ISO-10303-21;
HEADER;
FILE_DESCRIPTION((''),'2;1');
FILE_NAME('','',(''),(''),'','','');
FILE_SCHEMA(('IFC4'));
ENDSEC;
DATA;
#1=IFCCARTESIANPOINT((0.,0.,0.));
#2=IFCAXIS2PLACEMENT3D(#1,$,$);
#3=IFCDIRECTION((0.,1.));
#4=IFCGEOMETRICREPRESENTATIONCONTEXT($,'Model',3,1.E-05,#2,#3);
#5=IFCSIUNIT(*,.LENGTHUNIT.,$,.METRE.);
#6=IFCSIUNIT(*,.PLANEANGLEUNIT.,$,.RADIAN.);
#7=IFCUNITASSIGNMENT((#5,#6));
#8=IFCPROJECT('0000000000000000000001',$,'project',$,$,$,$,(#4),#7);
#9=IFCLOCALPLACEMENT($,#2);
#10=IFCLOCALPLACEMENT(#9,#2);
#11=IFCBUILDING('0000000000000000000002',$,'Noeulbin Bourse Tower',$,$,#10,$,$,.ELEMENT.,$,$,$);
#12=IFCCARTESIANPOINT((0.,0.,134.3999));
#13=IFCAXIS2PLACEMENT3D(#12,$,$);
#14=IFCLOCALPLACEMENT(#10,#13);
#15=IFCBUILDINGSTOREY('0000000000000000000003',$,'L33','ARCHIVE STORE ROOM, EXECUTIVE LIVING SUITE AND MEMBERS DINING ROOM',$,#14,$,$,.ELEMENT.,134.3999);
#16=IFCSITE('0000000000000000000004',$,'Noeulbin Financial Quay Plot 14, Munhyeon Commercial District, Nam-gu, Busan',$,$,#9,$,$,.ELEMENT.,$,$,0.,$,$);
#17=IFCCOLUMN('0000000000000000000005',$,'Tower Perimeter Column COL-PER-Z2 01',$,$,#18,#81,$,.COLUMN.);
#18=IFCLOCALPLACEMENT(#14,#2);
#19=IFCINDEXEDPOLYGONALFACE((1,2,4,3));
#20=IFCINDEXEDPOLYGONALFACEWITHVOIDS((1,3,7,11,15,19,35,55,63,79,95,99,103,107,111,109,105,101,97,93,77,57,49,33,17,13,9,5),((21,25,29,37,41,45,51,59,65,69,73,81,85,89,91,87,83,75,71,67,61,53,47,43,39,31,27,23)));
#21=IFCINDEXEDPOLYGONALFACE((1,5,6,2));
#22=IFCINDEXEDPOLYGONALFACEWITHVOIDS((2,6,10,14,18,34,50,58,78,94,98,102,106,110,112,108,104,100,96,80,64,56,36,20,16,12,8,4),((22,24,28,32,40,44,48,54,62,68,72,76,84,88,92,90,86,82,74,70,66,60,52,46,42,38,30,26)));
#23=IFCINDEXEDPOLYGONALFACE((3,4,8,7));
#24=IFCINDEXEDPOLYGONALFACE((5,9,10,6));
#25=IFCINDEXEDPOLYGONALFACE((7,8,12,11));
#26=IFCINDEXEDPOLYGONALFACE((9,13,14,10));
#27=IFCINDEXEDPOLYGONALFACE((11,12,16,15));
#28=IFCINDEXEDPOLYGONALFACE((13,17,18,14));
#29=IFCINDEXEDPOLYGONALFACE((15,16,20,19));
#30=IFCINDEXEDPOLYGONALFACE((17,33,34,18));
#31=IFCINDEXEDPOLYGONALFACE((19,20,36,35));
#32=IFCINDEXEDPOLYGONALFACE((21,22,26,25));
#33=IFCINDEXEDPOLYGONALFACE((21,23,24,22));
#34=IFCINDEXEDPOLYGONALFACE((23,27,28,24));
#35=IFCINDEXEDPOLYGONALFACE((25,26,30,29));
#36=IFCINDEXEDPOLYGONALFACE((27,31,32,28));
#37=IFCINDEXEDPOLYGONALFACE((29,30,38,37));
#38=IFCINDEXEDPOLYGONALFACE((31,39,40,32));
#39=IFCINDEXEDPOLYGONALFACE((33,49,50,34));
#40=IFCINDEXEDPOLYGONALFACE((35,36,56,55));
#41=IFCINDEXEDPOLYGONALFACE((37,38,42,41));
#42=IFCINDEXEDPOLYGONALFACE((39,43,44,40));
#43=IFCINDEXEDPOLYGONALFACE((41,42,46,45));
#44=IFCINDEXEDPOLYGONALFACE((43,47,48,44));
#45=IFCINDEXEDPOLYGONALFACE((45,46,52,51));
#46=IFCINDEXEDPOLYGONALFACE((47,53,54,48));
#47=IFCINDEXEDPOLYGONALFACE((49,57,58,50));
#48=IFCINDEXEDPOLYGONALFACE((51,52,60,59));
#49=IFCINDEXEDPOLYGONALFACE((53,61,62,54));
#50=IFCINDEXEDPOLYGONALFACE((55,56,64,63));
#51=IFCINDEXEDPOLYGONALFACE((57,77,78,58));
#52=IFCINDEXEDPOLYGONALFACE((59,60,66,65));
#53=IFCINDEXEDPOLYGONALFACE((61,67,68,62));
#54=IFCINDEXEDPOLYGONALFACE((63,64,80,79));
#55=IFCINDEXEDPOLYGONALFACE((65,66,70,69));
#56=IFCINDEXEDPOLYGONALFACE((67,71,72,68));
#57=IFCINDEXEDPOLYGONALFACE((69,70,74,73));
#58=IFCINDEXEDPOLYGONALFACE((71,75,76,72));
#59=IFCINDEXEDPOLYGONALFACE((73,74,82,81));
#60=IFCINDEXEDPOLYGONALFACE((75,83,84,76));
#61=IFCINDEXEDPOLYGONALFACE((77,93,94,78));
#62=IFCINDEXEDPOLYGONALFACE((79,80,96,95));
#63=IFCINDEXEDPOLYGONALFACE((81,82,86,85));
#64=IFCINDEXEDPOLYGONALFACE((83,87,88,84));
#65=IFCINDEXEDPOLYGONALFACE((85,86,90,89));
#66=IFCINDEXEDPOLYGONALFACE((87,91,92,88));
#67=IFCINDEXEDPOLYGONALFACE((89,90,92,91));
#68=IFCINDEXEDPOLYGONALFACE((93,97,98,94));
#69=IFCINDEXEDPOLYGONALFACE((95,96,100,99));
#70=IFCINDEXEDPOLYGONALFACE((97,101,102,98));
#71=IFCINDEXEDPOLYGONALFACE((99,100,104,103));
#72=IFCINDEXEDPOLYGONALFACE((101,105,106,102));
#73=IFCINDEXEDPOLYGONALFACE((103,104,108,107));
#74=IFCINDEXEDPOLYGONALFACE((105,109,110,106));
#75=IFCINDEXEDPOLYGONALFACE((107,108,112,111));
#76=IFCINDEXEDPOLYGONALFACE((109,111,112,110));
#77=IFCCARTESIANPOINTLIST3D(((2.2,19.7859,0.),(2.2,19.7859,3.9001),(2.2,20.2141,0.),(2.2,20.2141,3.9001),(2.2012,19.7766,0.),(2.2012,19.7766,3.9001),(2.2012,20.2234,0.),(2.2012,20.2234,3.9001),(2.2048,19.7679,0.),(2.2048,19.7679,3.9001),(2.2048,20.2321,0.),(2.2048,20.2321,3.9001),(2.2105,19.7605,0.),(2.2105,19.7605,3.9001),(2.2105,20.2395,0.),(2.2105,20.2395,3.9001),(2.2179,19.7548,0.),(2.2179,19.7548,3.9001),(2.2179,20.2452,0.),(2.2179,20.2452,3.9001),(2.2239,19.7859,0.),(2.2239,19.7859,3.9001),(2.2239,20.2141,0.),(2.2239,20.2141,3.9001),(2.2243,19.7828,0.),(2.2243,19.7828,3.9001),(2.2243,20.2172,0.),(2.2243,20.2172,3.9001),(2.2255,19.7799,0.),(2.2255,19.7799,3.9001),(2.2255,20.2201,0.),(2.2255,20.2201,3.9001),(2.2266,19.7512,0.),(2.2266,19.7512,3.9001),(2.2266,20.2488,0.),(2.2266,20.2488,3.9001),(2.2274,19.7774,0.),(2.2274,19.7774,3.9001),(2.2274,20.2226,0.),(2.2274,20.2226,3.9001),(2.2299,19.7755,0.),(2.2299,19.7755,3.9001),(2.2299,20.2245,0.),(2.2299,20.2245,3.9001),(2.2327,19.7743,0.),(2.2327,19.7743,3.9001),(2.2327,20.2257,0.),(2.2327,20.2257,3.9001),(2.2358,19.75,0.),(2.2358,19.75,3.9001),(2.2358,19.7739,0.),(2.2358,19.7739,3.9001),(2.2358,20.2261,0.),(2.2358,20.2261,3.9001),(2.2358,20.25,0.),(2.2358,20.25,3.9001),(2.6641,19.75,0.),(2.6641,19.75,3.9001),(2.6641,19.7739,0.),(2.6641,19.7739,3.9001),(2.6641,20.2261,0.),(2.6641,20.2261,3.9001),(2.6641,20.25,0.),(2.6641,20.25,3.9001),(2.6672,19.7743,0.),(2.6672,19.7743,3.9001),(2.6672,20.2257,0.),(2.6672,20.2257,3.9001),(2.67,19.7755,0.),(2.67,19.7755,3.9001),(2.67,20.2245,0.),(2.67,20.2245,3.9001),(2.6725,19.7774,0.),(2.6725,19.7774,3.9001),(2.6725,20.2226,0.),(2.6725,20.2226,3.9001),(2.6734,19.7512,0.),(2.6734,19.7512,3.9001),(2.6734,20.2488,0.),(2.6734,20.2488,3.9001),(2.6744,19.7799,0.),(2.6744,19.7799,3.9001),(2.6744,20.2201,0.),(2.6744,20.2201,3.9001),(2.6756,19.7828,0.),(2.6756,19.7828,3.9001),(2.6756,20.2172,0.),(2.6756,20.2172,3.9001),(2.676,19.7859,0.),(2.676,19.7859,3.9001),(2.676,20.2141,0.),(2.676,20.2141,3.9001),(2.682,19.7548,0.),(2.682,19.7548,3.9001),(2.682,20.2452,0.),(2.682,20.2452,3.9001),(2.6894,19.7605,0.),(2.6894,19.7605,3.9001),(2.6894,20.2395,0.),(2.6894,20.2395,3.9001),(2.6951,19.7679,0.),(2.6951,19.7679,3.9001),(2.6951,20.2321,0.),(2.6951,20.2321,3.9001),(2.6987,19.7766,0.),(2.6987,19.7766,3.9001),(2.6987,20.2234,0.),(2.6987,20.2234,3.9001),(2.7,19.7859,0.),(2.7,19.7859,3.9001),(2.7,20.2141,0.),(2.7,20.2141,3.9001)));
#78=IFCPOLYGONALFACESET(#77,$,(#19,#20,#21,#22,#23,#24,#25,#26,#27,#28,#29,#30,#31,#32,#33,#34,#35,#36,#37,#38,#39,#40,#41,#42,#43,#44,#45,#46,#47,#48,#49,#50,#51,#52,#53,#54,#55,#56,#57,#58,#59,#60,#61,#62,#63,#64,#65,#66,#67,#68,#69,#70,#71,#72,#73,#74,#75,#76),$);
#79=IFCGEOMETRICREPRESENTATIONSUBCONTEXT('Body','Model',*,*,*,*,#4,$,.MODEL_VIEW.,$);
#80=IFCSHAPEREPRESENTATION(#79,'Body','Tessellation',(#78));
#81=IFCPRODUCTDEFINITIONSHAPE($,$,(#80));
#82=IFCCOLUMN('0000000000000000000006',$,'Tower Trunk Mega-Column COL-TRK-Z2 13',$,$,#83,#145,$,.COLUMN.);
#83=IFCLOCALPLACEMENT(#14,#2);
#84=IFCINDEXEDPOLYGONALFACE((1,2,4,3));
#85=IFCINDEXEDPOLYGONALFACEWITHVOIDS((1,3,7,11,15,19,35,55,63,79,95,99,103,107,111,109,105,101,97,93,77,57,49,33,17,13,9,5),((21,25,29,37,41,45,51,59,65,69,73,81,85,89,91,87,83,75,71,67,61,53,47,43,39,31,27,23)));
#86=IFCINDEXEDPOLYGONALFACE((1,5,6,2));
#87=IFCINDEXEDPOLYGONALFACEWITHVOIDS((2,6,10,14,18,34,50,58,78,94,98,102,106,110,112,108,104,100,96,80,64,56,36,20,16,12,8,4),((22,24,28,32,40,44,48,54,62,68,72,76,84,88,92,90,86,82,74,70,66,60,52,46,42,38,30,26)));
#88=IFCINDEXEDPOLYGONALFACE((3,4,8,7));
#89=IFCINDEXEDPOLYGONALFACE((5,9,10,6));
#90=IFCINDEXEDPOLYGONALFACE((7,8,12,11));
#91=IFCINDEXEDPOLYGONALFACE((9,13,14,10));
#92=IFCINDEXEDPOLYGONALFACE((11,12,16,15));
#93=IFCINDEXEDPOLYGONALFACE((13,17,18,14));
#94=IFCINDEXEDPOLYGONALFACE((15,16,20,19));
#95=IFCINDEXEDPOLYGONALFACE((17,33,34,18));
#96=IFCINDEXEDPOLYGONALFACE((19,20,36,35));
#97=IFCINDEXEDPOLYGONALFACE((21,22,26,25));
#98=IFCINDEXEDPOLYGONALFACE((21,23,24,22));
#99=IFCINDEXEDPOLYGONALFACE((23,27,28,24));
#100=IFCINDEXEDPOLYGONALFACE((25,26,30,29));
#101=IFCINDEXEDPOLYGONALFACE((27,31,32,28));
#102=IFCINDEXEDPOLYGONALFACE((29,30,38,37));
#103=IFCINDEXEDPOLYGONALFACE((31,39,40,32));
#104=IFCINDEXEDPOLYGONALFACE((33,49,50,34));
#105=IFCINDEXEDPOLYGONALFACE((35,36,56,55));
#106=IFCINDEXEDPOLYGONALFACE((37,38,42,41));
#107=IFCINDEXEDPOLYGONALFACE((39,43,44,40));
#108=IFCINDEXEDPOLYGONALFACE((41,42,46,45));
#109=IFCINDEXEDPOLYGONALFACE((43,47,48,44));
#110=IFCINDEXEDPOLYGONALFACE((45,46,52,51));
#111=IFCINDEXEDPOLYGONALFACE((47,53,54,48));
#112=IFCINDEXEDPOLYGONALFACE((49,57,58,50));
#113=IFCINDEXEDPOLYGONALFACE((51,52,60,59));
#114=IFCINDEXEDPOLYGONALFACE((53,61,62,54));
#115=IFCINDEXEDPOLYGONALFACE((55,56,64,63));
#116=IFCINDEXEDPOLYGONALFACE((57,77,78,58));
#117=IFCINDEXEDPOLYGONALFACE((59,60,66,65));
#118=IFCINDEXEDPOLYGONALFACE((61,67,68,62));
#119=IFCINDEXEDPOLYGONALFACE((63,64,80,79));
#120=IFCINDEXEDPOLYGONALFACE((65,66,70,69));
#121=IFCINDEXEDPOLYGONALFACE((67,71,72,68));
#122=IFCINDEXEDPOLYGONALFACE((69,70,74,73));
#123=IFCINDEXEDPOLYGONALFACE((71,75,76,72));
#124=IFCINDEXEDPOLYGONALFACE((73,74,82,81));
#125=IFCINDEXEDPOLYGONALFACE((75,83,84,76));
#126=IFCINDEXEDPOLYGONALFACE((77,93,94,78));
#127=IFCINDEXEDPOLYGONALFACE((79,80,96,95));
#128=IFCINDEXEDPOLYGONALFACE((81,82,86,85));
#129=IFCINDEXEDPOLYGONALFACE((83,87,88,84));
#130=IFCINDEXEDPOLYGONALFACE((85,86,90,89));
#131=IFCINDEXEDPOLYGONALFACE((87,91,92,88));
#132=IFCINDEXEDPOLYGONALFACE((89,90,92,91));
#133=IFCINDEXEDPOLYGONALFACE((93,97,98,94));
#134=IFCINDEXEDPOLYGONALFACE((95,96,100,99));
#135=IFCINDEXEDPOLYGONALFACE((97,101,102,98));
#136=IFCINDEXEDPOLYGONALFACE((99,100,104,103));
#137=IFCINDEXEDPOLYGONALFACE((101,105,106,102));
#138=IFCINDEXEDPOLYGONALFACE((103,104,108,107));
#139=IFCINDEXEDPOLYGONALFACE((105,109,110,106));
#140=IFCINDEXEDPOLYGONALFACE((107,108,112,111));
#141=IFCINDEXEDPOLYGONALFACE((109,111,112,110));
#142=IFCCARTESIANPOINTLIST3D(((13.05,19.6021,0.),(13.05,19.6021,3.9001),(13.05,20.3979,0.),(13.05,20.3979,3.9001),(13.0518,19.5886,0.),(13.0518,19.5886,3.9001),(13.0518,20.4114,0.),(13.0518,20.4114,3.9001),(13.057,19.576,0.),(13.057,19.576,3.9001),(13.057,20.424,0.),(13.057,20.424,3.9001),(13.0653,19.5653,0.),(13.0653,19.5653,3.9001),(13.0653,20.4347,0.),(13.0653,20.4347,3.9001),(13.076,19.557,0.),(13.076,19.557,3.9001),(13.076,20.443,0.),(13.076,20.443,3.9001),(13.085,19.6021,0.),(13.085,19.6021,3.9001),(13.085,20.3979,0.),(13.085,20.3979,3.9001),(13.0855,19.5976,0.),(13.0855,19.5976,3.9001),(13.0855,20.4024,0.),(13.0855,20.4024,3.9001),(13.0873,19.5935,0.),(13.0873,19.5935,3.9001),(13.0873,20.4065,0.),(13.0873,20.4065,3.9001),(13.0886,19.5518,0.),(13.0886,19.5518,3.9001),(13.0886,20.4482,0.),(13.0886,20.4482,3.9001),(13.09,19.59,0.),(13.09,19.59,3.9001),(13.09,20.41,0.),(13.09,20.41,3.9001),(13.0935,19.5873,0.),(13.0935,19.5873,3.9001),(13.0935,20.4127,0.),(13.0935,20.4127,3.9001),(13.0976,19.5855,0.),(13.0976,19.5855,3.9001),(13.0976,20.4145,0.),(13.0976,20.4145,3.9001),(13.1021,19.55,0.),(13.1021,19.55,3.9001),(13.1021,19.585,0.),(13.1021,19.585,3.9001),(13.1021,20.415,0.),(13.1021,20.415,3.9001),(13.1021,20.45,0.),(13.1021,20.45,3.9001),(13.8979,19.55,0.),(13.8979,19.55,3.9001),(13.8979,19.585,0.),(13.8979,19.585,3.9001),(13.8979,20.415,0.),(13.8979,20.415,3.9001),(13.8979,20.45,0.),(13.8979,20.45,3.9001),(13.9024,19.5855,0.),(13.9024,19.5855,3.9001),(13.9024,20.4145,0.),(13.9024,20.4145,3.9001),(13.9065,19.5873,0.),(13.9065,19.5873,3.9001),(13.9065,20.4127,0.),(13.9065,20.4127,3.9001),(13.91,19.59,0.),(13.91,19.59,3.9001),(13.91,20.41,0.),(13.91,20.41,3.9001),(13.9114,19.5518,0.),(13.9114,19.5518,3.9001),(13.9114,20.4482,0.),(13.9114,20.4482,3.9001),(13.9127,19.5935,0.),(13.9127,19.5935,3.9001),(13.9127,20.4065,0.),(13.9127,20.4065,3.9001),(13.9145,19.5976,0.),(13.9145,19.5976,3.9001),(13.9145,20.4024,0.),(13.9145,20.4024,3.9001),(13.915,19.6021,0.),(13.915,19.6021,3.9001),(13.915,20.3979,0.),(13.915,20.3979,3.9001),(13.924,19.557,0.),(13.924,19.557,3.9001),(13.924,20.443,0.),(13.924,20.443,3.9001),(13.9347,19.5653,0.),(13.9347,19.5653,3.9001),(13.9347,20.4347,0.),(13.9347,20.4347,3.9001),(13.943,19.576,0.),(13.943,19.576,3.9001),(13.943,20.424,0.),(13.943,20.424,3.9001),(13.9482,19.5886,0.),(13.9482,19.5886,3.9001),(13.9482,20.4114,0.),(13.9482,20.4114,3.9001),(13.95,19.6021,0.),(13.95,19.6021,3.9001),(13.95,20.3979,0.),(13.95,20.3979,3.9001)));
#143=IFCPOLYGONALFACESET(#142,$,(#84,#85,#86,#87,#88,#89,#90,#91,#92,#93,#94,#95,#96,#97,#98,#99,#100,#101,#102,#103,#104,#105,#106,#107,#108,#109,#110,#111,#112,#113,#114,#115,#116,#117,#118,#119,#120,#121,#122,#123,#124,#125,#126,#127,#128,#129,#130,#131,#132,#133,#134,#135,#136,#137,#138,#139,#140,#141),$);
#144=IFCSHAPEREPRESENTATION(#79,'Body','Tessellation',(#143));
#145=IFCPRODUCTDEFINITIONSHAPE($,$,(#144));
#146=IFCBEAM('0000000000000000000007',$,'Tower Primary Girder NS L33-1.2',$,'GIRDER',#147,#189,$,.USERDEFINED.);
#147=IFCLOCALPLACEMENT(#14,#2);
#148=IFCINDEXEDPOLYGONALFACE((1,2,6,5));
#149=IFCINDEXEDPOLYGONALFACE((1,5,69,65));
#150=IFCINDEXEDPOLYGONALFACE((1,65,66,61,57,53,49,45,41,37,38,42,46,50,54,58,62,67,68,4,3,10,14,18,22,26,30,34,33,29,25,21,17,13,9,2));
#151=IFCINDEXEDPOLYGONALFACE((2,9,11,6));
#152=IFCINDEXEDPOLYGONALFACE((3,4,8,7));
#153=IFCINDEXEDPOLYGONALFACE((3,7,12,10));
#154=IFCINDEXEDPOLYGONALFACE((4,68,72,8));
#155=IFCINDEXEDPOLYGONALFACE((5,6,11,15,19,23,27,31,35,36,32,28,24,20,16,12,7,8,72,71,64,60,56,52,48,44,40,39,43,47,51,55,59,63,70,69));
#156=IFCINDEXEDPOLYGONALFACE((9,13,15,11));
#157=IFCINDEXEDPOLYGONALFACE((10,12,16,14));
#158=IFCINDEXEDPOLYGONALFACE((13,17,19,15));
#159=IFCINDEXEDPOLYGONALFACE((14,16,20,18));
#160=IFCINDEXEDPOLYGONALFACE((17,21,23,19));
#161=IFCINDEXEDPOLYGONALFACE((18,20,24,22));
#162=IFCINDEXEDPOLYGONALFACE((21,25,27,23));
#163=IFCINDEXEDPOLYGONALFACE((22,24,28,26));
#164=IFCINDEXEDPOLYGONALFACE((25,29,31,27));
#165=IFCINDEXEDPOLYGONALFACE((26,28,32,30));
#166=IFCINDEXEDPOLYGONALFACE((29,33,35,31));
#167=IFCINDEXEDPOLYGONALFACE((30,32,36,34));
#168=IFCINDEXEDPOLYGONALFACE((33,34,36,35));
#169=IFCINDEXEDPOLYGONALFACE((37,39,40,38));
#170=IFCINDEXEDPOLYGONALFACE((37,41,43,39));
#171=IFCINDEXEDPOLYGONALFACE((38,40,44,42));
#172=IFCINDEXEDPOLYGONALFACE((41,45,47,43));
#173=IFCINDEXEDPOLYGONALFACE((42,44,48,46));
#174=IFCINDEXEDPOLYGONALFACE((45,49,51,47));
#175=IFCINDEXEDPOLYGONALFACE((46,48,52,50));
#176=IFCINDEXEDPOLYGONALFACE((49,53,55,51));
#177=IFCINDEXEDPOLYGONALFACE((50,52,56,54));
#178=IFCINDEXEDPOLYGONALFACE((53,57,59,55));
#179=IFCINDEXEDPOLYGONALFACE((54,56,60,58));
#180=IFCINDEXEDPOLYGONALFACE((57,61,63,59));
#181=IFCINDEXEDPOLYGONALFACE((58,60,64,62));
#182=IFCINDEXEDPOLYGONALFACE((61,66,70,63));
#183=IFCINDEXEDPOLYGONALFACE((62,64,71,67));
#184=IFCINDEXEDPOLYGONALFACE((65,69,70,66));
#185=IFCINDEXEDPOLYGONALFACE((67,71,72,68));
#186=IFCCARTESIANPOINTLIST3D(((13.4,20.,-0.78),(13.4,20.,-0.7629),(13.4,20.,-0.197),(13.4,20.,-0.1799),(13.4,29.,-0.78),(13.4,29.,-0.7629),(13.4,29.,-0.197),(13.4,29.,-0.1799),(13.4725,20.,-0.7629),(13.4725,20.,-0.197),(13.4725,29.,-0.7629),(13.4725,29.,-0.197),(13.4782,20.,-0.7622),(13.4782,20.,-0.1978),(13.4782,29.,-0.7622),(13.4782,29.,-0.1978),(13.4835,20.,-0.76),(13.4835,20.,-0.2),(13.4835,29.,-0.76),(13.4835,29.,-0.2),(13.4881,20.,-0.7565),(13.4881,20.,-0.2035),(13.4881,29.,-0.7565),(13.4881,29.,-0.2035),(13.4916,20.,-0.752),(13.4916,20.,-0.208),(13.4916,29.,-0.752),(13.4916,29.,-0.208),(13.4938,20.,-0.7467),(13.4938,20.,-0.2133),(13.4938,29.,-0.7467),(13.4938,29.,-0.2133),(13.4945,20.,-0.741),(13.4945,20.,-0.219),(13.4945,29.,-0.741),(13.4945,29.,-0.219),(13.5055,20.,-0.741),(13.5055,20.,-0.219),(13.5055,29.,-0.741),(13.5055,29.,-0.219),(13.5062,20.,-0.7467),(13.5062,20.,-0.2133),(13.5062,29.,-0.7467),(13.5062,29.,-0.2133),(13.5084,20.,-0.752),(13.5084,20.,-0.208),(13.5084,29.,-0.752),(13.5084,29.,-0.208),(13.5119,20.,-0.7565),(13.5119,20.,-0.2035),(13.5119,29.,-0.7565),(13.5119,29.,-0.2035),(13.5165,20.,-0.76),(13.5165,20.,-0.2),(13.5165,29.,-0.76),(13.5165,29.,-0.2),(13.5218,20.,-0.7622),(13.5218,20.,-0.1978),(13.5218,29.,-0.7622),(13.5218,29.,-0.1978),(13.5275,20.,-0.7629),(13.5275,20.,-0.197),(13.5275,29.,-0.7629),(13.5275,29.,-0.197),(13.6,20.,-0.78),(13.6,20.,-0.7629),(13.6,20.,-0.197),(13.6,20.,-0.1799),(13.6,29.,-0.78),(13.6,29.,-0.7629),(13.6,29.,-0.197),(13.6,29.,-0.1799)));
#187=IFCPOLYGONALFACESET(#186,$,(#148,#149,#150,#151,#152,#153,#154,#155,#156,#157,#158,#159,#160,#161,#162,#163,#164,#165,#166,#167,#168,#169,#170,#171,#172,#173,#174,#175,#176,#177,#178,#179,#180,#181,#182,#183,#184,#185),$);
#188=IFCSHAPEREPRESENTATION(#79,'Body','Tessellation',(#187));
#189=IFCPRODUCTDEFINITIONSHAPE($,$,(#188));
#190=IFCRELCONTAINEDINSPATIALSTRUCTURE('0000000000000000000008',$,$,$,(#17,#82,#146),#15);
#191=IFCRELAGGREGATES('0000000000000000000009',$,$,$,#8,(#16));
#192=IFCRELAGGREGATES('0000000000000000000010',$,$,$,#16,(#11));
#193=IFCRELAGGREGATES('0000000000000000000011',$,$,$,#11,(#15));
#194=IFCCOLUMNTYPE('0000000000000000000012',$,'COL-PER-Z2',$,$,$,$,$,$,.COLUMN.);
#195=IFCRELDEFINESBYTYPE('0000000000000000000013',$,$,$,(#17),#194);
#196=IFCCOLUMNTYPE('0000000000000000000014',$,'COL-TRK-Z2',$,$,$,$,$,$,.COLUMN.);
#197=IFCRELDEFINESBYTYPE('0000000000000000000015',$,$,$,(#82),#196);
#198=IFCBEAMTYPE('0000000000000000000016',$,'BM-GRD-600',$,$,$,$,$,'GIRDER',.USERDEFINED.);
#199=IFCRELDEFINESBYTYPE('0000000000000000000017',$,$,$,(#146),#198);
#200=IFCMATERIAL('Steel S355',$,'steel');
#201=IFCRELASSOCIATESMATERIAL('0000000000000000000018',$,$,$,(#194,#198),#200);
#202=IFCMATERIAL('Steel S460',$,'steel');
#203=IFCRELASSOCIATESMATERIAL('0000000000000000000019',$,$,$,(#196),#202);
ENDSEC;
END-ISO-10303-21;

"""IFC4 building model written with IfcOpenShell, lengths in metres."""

from ifc_helpers import new_model, si_unit, direction, frame, origin, origin_2d, place, context, subcontext, project, spatial, hollow_rectangle, i_section, extrude, material, material_profile, profile_set, type_object, element, save


model = new_model("IFC4")

# Units and contexts
model_context = context("Model", 3, precision=1e-05, world=origin(), true_north=direction((0.0, 1.0)))
body_context = subcontext(model_context, "Body", "Model", "MODEL_VIEW")
ifc_project = project(units=[si_unit("LENGTHUNIT", "METRE"), si_unit("PLANEANGLEUNIT", "RADIAN")], contexts=[model_context])

# Site, building, storey
site_placement = place(None, origin())
site = spatial("IfcSite", under=ifc_project, at=site_placement, Name="Noeulbin Financial Quay Plot 14, Munhyeon Commercial District, Nam-gu, Busan", CompositionType="ELEMENT", RefElevation=0.0)
building_placement = place(site_placement, origin())
building = spatial("IfcBuilding", under=site, at=building_placement, Name="Noeulbin Bourse Tower", CompositionType="ELEMENT")
storey_placement = place(building_placement, frame((0.0, 0.0, 134.3999)))
storey = spatial("IfcBuildingStorey", under=building, at=storey_placement, Name="L33", Description="ARCHIVE STORE ROOM, EXECUTIVE LIVING SUITE AND MEMBERS DINING ROOM", CompositionType="ELEMENT", Elevation=134.3999)

# Columns
ifc_material_1 = material(Name="Steel S355", Category="steel")
ifc_material_profile_1 = material_profile(ifc_material_1, hollow_rectangle(XDim=0.5, YDim=0.5, WallThickness=0.0239, InnerFilletRadius=0.012, OuterFilletRadius=0.0359, at=origin_2d()), Name="BOX-500x500x24", Category="LoadBearing")
ifc_profile_set_1 = profile_set([ifc_material_profile_1], Name="Steel S355")
column_type_1 = type_object("IfcColumnType", Name="COL-PER-Z2", PredefinedType="COLUMN", material=ifc_profile_set_1)
column_1_placement = place(storey_placement, frame((2.45, 20.0, 0.0), z_axis=(0.0, 0.0, 1.0), x_axis=(1.0, 0.0, 0.0)))
element("IfcColumn", 1, at=column_1_placement, inside=storey, type_object=column_type_1, Name="Tower Perimeter Column COL-PER-Z2 01", PredefinedType="COLUMN", context=body_context, shape_type="SweptSolid", body=[
    extrude(hollow_rectangle(XDim=0.5, YDim=0.5, WallThickness=0.0239, InnerFilletRadius=0.012, OuterFilletRadius=0.0359, at=origin_2d()), origin(), (0.0, 0.0, 1.0), 3.9001),
])
ifc_material_2 = material(Name="Steel S460", Category="steel")
ifc_material_profile_2 = material_profile(ifc_material_2, hollow_rectangle(XDim=0.8999, YDim=0.8999, WallThickness=0.0349, InnerFilletRadius=0.0171, OuterFilletRadius=0.052, at=origin_2d()), Name="BOX-900x900x35", Category="LoadBearing")
ifc_profile_set_2 = profile_set([ifc_material_profile_2], Name="Steel S460")
column_type_2 = type_object("IfcColumnType", Name="COL-TRK-Z2", PredefinedType="COLUMN", material=ifc_profile_set_2)
column_2_placement = place(storey_placement, frame((13.5, 20.0, 0.0), z_axis=(0.0, 0.0, 1.0), x_axis=(1.0, 0.0, 0.0)))
element("IfcColumn", 2, at=column_2_placement, inside=storey, type_object=column_type_2, Name="Tower Trunk Mega-Column COL-TRK-Z2 13", PredefinedType="COLUMN", context=body_context, shape_type="SweptSolid", body=[
    extrude(hollow_rectangle(XDim=0.8999, YDim=0.8999, WallThickness=0.0349, InnerFilletRadius=0.0171, OuterFilletRadius=0.052, at=origin_2d()), origin(), (0.0, 0.0, 1.0), 3.9001),
])

# Beam
ifc_material_profile_3 = material_profile(ifc_material_1, i_section(OverallWidth=0.2, OverallDepth=0.6001, WebThickness=0.011, FlangeThickness=0.0171, FilletRadius=0.022, at=origin_2d()), Name="H-600x200x11x17", Category="LoadBearing")
ifc_profile_set_3 = profile_set([ifc_material_profile_3], Name="Steel S355")
beam_type_1 = type_object("IfcBeamType", Name="BM-GRD-600", ElementType="GIRDER", PredefinedType="USERDEFINED", material=ifc_profile_set_3)
beam_1_placement = place(storey_placement, frame((13.5, 20.0, -0.48), z_axis=(0.0, 1.0, 0.0), x_axis=(-1.0, 0.0, 0.0)))
element("IfcBeam", 3, at=beam_1_placement, inside=storey, type_object=beam_type_1, Name="Tower Primary Girder NS L33-1.2", ObjectType="GIRDER", PredefinedType="USERDEFINED", context=body_context, shape_type="SweptSolid", body=[
    extrude(i_section(OverallWidth=0.2, OverallDepth=0.6001, WebThickness=0.011, FlangeThickness=0.0171, FilletRadius=0.022, at=origin_2d()), origin(), (0.0, 0.0, 1.0), 9.0),
])

save(model, "model.ifc")
